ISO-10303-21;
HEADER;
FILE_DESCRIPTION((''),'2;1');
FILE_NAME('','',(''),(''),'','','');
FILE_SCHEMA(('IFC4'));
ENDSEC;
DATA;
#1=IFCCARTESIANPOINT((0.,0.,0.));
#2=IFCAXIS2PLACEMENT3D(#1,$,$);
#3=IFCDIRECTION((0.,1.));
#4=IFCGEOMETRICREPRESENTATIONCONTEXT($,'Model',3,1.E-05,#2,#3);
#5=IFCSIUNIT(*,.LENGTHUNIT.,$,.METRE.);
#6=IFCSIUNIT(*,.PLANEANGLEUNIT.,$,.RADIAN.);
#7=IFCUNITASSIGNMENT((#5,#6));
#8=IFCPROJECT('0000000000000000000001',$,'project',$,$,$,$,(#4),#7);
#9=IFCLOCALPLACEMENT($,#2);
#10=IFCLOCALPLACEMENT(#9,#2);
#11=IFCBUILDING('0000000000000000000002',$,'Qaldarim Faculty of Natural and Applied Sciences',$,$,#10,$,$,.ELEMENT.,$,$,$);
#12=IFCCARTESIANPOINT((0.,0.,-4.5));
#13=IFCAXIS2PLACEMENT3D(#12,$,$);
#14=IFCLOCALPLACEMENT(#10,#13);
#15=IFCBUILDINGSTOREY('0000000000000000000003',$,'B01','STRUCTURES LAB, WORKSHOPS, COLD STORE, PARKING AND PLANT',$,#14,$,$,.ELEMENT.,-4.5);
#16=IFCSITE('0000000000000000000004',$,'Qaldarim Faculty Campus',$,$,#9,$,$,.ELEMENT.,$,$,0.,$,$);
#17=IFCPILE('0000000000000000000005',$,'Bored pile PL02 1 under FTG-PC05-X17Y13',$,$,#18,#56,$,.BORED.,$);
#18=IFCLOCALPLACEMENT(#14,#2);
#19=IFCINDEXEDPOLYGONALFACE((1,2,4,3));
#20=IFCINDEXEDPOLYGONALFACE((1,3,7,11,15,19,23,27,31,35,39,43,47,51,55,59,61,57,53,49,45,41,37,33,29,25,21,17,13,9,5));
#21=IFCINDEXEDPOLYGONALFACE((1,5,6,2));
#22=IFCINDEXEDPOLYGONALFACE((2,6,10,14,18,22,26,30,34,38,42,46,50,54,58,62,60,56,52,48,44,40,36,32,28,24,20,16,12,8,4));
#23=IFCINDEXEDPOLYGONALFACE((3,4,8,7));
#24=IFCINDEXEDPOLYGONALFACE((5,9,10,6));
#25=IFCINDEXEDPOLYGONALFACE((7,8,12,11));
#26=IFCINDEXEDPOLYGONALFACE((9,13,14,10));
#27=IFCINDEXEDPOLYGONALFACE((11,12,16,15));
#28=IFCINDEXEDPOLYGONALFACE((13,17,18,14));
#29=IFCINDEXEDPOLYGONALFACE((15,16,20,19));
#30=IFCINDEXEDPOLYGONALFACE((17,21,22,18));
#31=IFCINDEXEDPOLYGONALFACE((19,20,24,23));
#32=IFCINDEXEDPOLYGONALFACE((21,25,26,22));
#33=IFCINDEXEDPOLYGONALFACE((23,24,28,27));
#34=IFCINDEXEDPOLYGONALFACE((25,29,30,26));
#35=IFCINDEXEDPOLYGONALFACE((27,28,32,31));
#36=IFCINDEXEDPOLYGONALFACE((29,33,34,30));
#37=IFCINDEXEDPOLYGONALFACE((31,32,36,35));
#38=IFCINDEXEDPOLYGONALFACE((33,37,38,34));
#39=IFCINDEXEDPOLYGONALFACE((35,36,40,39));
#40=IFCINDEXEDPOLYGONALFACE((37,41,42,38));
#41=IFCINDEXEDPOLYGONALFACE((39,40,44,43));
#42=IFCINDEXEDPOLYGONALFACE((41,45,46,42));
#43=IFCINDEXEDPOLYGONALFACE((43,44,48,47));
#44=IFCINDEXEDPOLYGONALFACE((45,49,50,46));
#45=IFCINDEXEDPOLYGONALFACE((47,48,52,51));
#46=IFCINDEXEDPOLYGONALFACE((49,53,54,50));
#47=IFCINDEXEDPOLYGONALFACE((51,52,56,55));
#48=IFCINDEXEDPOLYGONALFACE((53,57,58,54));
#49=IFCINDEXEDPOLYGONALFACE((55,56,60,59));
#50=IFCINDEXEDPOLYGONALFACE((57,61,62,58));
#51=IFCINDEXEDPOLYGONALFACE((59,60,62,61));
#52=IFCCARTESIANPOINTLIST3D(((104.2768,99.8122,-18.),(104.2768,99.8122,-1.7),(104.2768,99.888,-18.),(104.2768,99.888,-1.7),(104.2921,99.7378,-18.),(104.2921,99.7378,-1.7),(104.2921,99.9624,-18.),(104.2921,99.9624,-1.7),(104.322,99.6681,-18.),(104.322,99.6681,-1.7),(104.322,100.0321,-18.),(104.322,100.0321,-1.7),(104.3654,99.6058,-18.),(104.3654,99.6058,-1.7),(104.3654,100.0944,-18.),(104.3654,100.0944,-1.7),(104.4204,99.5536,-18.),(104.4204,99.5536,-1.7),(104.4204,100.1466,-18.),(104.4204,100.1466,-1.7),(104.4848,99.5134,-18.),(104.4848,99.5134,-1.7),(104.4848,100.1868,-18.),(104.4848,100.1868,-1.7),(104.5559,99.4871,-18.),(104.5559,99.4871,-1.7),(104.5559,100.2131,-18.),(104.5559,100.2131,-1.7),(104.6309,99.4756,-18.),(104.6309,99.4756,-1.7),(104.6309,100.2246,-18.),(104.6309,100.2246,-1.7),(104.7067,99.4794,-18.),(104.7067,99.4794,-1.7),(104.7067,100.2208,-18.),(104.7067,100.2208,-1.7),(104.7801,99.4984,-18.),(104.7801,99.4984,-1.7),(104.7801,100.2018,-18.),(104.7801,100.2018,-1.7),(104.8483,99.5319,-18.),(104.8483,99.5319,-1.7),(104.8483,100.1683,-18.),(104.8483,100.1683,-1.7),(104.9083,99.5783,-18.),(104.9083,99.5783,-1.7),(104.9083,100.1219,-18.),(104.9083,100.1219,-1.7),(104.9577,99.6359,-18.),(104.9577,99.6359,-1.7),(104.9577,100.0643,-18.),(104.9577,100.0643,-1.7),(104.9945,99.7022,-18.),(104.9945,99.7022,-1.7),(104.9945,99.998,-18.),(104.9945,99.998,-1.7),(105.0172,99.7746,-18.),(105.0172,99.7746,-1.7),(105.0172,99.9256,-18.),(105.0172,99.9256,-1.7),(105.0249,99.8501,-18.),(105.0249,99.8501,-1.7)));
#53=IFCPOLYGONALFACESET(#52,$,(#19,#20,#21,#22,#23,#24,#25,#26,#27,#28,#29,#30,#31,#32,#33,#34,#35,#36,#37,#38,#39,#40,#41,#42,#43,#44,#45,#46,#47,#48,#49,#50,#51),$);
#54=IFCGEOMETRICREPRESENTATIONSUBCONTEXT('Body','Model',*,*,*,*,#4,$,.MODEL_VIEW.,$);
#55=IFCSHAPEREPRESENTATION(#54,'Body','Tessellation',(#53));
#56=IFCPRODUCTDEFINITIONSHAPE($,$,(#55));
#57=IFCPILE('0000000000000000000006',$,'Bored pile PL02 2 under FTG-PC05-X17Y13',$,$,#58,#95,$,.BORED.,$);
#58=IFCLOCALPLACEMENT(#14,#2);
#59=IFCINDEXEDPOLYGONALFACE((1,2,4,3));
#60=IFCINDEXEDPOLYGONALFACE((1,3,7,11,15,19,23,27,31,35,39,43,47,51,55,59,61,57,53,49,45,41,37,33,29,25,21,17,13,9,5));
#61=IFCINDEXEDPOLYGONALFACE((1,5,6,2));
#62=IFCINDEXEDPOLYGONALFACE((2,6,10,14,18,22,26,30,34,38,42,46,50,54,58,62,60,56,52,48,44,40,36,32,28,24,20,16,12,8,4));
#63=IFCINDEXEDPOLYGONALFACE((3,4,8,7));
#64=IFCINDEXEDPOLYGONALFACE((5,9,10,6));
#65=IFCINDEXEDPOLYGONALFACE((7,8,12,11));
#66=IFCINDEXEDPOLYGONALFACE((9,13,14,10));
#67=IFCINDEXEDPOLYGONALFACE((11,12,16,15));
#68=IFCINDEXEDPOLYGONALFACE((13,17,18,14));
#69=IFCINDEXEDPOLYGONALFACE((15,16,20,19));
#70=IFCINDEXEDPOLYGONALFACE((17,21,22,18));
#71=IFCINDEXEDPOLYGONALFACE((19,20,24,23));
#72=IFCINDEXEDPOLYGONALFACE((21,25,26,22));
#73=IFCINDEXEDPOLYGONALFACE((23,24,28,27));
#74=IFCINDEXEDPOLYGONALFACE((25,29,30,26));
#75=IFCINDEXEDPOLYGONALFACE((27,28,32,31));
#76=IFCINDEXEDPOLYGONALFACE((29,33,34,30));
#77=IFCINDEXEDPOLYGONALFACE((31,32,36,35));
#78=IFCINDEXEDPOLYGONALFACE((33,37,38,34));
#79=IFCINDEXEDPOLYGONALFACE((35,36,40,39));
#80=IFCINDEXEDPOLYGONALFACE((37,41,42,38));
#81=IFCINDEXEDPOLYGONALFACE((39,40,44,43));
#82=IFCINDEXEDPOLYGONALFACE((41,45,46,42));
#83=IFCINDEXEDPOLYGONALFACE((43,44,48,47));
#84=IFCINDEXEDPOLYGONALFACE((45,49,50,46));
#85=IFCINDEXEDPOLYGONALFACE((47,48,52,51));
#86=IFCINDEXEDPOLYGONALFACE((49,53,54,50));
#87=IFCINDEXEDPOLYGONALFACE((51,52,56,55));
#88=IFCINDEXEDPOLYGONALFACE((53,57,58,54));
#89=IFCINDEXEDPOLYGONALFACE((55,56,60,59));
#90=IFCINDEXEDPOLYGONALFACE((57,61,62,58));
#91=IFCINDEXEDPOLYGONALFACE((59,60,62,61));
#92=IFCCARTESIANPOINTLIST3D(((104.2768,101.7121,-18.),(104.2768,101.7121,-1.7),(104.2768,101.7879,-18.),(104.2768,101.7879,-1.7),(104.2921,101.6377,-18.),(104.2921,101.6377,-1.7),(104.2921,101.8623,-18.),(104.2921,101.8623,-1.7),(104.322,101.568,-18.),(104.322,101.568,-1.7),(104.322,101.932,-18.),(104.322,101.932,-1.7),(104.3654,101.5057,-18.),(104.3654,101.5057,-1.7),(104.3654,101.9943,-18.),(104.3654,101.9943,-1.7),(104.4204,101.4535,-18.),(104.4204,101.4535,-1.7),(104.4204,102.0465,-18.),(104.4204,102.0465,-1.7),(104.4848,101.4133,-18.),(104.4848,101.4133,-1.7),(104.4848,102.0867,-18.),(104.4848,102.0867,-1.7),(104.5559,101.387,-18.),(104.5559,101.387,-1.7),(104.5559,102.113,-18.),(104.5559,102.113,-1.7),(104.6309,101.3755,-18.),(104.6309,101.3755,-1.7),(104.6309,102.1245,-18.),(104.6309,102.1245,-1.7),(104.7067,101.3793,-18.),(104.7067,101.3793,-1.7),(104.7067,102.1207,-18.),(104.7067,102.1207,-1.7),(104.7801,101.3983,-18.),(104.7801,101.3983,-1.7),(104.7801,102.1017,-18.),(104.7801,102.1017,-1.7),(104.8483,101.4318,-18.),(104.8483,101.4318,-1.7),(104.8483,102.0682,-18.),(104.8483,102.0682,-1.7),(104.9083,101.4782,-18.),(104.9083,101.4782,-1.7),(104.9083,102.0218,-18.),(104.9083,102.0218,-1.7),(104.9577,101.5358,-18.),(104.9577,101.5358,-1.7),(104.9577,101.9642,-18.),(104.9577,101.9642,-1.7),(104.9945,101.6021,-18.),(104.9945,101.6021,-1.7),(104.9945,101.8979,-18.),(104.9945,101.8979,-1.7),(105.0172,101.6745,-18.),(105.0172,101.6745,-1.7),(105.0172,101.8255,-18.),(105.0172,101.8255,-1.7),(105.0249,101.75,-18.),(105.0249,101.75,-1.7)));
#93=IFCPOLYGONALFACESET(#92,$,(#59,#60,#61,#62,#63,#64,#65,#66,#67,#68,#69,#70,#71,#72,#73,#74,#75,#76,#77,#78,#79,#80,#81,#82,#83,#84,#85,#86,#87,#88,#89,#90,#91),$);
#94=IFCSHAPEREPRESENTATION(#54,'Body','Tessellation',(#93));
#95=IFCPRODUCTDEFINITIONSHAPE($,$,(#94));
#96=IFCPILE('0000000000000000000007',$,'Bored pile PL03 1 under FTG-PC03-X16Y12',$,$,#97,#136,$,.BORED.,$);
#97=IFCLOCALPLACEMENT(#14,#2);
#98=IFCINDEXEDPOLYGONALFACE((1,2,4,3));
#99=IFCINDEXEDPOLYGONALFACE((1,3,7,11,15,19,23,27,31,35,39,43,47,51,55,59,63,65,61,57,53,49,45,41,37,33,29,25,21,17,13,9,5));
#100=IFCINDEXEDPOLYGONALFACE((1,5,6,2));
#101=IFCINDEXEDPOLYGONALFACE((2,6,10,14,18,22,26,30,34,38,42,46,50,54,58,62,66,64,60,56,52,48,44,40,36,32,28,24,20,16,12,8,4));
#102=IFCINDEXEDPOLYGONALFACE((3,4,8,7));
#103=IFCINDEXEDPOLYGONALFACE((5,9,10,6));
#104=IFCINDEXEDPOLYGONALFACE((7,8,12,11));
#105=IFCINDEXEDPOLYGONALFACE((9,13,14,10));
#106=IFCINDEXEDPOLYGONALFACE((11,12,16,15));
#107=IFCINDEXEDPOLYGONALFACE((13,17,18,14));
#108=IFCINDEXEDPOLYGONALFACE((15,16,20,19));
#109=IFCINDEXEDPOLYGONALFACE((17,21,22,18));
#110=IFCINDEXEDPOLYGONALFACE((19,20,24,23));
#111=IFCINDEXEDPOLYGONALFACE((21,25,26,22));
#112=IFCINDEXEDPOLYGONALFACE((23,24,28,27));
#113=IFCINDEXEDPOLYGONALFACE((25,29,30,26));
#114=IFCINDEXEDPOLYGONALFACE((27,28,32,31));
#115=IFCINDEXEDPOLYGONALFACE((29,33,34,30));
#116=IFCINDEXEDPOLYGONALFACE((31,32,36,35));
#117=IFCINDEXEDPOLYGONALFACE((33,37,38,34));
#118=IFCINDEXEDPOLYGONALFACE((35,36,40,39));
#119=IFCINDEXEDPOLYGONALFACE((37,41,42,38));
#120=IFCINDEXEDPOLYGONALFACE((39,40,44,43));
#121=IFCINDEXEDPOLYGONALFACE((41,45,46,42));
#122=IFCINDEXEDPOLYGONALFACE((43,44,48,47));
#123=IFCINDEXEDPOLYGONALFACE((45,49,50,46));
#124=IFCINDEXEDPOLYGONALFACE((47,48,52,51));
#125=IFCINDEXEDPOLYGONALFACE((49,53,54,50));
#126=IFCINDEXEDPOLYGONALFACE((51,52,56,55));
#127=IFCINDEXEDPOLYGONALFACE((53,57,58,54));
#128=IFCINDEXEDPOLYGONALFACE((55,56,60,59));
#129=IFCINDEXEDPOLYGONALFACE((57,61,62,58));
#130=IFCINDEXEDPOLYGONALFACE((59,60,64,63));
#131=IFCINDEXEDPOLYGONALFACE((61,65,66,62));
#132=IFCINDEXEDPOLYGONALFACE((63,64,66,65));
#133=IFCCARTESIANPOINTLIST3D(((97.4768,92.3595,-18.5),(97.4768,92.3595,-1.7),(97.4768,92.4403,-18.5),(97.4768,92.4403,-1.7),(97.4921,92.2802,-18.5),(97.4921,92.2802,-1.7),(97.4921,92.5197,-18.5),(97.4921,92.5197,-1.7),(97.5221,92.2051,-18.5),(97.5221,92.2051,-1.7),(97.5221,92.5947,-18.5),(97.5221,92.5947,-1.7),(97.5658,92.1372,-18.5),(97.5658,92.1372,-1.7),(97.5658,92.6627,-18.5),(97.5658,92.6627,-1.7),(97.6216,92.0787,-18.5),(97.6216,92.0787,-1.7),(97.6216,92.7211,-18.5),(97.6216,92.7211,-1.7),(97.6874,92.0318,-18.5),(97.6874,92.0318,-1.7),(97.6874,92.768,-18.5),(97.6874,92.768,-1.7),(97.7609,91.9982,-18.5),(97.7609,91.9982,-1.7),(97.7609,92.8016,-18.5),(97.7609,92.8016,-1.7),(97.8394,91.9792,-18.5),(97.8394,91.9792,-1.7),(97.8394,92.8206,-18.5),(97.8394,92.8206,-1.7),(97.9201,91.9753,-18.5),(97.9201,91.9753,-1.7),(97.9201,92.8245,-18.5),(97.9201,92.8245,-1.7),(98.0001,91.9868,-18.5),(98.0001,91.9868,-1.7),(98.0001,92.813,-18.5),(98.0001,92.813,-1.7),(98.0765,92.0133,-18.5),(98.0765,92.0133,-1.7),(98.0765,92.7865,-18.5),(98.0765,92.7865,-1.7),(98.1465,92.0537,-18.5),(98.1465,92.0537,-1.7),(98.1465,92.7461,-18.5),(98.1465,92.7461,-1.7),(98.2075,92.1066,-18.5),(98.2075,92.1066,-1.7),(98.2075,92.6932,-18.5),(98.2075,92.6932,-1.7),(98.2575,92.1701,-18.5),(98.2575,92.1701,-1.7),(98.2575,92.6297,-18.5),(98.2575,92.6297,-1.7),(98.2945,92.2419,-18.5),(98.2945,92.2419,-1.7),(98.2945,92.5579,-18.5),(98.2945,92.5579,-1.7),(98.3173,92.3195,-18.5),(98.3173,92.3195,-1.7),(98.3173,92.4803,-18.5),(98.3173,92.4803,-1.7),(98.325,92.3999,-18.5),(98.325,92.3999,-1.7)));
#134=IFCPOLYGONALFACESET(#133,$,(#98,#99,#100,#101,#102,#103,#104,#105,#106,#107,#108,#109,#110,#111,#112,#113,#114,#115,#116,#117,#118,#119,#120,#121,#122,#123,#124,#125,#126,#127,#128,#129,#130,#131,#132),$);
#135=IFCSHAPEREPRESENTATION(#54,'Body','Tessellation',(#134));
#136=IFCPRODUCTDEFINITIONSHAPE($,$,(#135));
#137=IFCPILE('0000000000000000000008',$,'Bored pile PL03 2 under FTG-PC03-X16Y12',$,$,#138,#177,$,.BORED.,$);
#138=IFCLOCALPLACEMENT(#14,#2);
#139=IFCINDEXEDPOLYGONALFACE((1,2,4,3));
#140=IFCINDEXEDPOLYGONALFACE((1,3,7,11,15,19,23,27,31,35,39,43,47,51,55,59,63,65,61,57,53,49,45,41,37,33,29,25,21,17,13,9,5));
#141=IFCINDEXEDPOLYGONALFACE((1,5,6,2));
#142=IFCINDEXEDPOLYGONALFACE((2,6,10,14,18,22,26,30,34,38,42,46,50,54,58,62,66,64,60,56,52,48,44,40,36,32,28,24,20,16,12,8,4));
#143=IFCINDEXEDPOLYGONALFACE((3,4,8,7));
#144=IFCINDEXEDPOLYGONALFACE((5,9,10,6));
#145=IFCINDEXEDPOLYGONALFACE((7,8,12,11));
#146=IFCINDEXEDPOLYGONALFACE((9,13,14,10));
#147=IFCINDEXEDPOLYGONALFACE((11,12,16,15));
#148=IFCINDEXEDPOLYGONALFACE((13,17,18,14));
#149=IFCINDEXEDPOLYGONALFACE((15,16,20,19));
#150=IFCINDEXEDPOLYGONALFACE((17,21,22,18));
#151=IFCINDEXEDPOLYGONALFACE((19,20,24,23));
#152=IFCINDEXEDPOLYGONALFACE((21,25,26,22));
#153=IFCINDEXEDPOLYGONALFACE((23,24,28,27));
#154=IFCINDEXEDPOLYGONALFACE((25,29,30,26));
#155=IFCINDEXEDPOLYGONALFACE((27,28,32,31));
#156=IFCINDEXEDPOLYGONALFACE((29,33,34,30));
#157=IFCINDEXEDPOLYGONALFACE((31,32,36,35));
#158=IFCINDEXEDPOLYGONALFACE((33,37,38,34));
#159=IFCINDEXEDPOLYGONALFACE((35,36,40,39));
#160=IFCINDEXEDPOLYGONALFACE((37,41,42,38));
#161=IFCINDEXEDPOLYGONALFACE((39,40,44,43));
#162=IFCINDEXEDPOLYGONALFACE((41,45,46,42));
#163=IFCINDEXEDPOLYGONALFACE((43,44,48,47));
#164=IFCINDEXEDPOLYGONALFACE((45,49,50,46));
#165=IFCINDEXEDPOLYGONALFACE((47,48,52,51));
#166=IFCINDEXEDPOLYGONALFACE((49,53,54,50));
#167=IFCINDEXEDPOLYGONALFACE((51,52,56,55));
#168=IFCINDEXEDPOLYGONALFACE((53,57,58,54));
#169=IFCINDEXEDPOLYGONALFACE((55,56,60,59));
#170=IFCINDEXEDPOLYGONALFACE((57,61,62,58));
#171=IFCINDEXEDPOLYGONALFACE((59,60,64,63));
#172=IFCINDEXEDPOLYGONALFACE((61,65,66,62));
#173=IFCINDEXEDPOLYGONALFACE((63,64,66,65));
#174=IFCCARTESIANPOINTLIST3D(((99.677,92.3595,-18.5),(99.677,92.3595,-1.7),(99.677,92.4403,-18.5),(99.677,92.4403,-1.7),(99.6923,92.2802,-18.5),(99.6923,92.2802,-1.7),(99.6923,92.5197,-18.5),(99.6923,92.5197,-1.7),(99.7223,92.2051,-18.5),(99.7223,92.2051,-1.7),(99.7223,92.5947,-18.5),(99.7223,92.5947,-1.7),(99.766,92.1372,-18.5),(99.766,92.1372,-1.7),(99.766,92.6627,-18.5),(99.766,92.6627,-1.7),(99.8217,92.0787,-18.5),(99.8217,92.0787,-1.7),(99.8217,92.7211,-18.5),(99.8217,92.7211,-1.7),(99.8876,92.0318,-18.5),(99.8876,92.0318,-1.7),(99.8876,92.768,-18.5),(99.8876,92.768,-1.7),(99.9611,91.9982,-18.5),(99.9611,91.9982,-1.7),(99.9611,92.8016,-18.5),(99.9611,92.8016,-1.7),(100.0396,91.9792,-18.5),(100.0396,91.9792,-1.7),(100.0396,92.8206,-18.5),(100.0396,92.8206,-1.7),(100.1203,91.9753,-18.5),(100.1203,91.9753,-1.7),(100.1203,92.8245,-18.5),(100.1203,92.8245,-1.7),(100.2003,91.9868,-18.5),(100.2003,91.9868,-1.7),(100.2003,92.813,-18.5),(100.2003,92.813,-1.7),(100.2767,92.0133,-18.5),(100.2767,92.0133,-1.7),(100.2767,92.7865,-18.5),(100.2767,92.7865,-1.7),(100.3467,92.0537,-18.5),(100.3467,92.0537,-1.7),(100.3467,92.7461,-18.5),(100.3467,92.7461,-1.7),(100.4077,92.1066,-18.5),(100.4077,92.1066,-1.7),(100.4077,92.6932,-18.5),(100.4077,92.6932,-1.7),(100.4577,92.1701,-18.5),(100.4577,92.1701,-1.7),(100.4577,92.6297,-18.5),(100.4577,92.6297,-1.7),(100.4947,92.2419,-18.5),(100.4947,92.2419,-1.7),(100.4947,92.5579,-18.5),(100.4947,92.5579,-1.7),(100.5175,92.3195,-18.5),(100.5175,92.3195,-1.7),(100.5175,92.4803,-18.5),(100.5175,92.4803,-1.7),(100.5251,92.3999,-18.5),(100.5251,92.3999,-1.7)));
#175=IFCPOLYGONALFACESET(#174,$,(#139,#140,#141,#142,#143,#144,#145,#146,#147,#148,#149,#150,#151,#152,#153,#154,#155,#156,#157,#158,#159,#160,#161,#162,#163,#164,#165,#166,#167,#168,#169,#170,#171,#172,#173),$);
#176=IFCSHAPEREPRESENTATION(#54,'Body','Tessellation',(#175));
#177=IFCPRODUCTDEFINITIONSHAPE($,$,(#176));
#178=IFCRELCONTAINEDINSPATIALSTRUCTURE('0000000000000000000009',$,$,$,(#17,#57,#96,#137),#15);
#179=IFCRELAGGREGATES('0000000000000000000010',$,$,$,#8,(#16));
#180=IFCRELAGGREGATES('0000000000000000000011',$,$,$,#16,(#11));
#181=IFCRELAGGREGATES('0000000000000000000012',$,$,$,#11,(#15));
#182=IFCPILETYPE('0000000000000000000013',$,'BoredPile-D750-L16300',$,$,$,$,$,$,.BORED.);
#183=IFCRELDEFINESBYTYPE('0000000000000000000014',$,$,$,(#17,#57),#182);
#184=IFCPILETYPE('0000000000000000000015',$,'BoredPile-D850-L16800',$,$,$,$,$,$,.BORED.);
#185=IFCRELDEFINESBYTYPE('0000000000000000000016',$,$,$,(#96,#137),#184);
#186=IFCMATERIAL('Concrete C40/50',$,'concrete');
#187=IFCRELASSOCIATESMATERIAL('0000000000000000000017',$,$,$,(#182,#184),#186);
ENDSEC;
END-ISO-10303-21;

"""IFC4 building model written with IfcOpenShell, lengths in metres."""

from ifc_helpers import new_model, si_unit, direction, frame, origin, origin_2d, place, context, subcontext, project, spatial, circle, extrude, material, material_profile, profile_set, type_object, element, save


model = new_model("IFC4")

# Units and contexts
model_context = context("Model", 3, precision=1e-05, world=origin(), true_north=direction((0.0, 1.0)))
body_context = subcontext(model_context, "Body", "Model", "MODEL_VIEW")
ifc_project = project(units=[si_unit("LENGTHUNIT", "METRE"), si_unit("PLANEANGLEUNIT", "RADIAN")], contexts=[model_context])

# Site, building, storey
site_placement = place(None, origin())
site = spatial("IfcSite", under=ifc_project, at=site_placement, Name="Qaldarim Faculty Campus", CompositionType="ELEMENT", RefElevation=0.0)
building_placement = place(site_placement, origin())
building = spatial("IfcBuilding", under=site, at=building_placement, Name="Qaldarim Faculty of Natural and Applied Sciences", CompositionType="ELEMENT")
storey_placement = place(building_placement, frame((0.0, 0.0, -4.5)))
storey = spatial("IfcBuildingStorey", under=building, at=storey_placement, Name="B01", Description="STRUCTURES LAB, WORKSHOPS, COLD STORE, PARKING AND PLANT", CompositionType="ELEMENT", Elevation=-4.5)

# Piles
ifc_material_1 = material(Name="Concrete C40/50", Category="concrete")
ifc_material_profile_1 = material_profile(ifc_material_1, circle(Radius=0.375, at=origin_2d()), Name="PILE-D750")
ifc_profile_set_1 = profile_set([ifc_material_profile_1], Name="Concrete C40/50")
pile_type_1 = type_object("IfcPileType", Name="BoredPile-D750-L16300", PredefinedType="BORED", material=ifc_profile_set_1)
for number, where, z_axis, x_axis, name in (
    (1, (104.6499, 99.8501, -1.7), (0.0, 0.0, -1.0), (1.0, 0.0, 0.0), "Bored pile PL02 1 under FTG-PC05-X17Y13"),
    (2, (104.6499, 101.75, -1.7), (0.0, 0.0, -1.0), (1.0, 0.0, 0.0), "Bored pile PL02 2 under FTG-PC05-X17Y13"),
):
    element("IfcPile", number, at=place(storey_placement, frame(where, z_axis=z_axis, x_axis=x_axis)), inside=storey, type_object=pile_type_1, Name=name, PredefinedType="BORED", context=body_context, shape_type="SweptSolid", body=[
        extrude(circle(Radius=0.375, at=origin_2d()), origin(), (0.0, 0.0, 1.0), 16.3),
    ])
ifc_material_profile_2 = material_profile(ifc_material_1, circle(Radius=0.425, at=origin_2d()), Name="PILE-D850")
ifc_profile_set_2 = profile_set([ifc_material_profile_2], Name="Concrete C40/50")
pile_type_2 = type_object("IfcPileType", Name="BoredPile-D850-L16800", PredefinedType="BORED", material=ifc_profile_set_2)
for number, where, z_axis, x_axis, name in (
    (3, (97.8999, 92.3999, -1.7), (0.0, 0.0, -1.0), (1.0, 0.0, 0.0), "Bored pile PL03 1 under FTG-PC03-X16Y12"),
    (4, (100.1001, 92.3999, -1.7), (0.0, 0.0, -1.0), (1.0, 0.0, 0.0), "Bored pile PL03 2 under FTG-PC03-X16Y12"),
):
    element("IfcPile", number, at=place(storey_placement, frame(where, z_axis=z_axis, x_axis=x_axis)), inside=storey, type_object=pile_type_2, Name=name, PredefinedType="BORED", context=body_context, shape_type="SweptSolid", body=[
        extrude(circle(Radius=0.425, at=origin_2d()), origin(), (0.0, 0.0, 1.0), 16.8),
    ])

save(model, "model.ifc")
